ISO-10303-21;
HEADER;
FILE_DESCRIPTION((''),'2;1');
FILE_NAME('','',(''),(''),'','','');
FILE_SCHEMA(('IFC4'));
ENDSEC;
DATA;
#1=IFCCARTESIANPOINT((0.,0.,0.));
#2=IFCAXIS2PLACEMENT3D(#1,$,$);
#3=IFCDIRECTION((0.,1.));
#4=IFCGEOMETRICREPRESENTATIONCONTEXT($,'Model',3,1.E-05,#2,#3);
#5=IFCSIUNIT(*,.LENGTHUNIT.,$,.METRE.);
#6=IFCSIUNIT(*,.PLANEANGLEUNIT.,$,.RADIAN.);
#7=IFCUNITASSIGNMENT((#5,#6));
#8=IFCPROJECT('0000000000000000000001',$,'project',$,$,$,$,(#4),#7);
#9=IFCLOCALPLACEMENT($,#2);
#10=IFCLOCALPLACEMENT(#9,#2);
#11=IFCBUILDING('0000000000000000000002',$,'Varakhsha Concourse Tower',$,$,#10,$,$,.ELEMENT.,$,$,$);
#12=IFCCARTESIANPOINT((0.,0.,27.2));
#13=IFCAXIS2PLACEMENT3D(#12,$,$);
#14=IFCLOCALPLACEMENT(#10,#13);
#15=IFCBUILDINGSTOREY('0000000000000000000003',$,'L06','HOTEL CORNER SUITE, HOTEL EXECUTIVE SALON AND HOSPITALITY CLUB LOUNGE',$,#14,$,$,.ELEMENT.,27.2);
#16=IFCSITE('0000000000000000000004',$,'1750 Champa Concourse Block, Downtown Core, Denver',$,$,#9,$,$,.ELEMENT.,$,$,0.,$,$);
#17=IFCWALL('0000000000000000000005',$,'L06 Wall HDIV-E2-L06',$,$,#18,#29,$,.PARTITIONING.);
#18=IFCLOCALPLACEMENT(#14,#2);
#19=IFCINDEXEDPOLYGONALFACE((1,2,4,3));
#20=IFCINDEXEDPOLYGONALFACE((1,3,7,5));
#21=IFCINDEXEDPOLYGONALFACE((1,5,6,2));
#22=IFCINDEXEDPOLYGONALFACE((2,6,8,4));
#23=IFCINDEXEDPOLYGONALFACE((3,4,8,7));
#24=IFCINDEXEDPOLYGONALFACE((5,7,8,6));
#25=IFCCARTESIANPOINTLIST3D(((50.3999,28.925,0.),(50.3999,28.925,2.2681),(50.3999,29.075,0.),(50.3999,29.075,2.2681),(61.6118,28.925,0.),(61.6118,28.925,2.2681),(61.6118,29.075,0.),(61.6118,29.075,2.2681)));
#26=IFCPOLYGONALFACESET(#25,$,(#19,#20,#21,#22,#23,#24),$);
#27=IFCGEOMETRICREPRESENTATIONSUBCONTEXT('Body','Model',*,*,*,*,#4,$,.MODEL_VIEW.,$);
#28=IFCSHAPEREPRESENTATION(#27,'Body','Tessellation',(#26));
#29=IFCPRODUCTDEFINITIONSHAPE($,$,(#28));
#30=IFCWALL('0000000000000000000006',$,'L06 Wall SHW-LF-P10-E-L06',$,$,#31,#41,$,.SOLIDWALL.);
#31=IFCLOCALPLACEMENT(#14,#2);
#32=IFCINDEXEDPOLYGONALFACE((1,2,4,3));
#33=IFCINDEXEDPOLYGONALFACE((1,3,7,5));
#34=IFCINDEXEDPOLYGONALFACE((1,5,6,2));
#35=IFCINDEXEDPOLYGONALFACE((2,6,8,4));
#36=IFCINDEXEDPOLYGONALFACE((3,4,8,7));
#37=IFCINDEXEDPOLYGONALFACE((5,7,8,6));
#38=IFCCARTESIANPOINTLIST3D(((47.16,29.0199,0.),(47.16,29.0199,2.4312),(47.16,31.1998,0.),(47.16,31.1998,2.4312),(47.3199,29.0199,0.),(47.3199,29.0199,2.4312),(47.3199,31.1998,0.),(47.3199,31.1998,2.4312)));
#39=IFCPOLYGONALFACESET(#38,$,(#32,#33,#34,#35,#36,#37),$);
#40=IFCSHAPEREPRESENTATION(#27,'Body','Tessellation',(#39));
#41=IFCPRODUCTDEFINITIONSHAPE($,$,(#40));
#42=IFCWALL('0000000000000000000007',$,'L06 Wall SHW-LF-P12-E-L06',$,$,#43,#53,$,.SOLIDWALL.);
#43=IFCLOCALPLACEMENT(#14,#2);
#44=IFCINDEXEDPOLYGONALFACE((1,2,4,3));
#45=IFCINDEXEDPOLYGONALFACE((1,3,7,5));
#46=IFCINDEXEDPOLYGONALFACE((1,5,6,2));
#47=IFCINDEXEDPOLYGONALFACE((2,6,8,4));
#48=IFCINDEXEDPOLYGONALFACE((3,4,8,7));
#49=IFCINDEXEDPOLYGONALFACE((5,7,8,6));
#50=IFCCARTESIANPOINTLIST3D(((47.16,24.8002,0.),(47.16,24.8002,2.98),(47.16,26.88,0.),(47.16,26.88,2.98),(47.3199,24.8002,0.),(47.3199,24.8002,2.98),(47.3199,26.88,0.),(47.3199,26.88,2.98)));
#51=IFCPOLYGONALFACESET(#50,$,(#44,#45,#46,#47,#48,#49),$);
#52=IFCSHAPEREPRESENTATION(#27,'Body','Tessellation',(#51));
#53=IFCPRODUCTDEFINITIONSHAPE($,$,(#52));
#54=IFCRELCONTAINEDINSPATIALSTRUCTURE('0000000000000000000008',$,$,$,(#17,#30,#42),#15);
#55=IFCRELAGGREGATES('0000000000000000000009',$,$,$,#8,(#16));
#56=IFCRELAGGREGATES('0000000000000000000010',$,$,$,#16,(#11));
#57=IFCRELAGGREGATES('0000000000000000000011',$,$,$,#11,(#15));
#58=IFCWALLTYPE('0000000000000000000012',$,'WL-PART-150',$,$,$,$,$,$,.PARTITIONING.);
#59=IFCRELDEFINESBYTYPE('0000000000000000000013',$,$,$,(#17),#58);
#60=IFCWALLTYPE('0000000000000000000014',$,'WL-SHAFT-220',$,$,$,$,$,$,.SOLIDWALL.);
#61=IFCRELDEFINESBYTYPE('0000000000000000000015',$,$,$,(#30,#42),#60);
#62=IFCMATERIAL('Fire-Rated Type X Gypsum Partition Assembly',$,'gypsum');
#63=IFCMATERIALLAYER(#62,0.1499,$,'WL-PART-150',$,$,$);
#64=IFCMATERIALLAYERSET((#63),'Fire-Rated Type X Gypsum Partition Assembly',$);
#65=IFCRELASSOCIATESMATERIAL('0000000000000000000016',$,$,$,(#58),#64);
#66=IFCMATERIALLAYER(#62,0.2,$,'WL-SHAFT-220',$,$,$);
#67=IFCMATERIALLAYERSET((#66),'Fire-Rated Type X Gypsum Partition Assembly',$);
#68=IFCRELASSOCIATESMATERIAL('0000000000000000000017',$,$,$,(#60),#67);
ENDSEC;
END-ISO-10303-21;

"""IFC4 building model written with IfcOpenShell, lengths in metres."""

from ifc_helpers import new_model, si_unit, direction, frame, frame_2d, origin, place, context, subcontext, project, spatial, rectangle, extrude, material, layer, layer_set, type_object, element, save


model = new_model("IFC4")

# Units and contexts
model_context = context("Model", 3, precision=1e-05, world=origin(), true_north=direction((0.0, 1.0)))
body_context = subcontext(model_context, "Body", "Model", "MODEL_VIEW")
ifc_project = project(units=[si_unit("LENGTHUNIT", "METRE"), si_unit("PLANEANGLEUNIT", "RADIAN")], contexts=[model_context])

# Site, building, storey
site_placement = place(None, origin())
site = spatial("IfcSite", under=ifc_project, at=site_placement, Name="1750 Champa Concourse Block, Downtown Core, Denver", CompositionType="ELEMENT", RefElevation=0.0)
building_placement = place(site_placement, origin())
building = spatial("IfcBuilding", under=site, at=building_placement, Name="Varakhsha Concourse Tower", CompositionType="ELEMENT")
storey_placement = place(building_placement, frame((0.0, 0.0, 27.2)))
storey = spatial("IfcBuildingStorey", under=building, at=storey_placement, Name="L06", Description="HOTEL CORNER SUITE, HOTEL EXECUTIVE SALON AND HOSPITALITY CLUB LOUNGE", CompositionType="ELEMENT", Elevation=27.2)

# Walls
ifc_material_1 = material(Name="Fire-Rated Type X Gypsum Partition Assembly", Category="gypsum")
ifc_layer_1 = layer(ifc_material_1, 0.1499, Name="WL-PART-150")
ifc_layer_set_1 = layer_set([ifc_layer_1], Name="Fire-Rated Type X Gypsum Partition Assembly")
wall_type_1 = type_object("IfcWallType", Name="WL-PART-150", PredefinedType="PARTITIONING", material=ifc_layer_set_1)
wall_1_placement = place(storey_placement, frame((50.3999, 29.0, 0.0), z_axis=(0.0, 0.0, 1.0), x_axis=(1.0, 0.0, 0.0)))
element("IfcWall", 1, at=wall_1_placement, inside=storey, type_object=wall_type_1, Name="L06 Wall HDIV-E2-L06", PredefinedType="PARTITIONING", context=body_context, shape_type="SweptSolid", body=[
    extrude(rectangle(XDim=11.2119, YDim=0.1499, at=frame_2d((5.606, 0.0))), origin(), (0.0, 0.0, 1.0), 2.2681),
])
ifc_layer_2 = layer(ifc_material_1, 0.2, Name="WL-SHAFT-220")
ifc_layer_set_2 = layer_set([ifc_layer_2], Name="Fire-Rated Type X Gypsum Partition Assembly")
wall_type_2 = type_object("IfcWallType", Name="WL-SHAFT-220", PredefinedType="SOLIDWALL", material=ifc_layer_set_2)
wall_2_placement = place(storey_placement, frame((47.24, 29.02, 0.0), z_axis=(0.0, 0.0, 1.0), x_axis=(0.0, 1.0, 0.0)))
element("IfcWall", 2, at=wall_2_placement, inside=storey, type_object=wall_type_2, Name="L06 Wall SHW-LF-P10-E-L06", PredefinedType="SOLIDWALL", context=body_context, shape_type="SweptSolid", body=[
    extrude(rectangle(XDim=2.1799, YDim=0.1599, at=frame_2d((1.0898, 0.0))), origin(), (0.0, 0.0, 1.0), 2.4312),
])
wall_3_placement = place(storey_placement, frame((47.24, 24.8, 0.0), z_axis=(0.0, 0.0, 1.0), x_axis=(0.0, 1.0, 0.0)))
element("IfcWall", 3, at=wall_3_placement, inside=storey, type_object=wall_type_2, Name="L06 Wall SHW-LF-P12-E-L06", PredefinedType="SOLIDWALL", context=body_context, shape_type="SweptSolid", body=[
    extrude(rectangle(XDim=2.0798, YDim=0.1599, at=frame_2d((1.04, 0.0))), origin(), (0.0, 0.0, 1.0), 2.98),
])

save(model, "model.ifc")
